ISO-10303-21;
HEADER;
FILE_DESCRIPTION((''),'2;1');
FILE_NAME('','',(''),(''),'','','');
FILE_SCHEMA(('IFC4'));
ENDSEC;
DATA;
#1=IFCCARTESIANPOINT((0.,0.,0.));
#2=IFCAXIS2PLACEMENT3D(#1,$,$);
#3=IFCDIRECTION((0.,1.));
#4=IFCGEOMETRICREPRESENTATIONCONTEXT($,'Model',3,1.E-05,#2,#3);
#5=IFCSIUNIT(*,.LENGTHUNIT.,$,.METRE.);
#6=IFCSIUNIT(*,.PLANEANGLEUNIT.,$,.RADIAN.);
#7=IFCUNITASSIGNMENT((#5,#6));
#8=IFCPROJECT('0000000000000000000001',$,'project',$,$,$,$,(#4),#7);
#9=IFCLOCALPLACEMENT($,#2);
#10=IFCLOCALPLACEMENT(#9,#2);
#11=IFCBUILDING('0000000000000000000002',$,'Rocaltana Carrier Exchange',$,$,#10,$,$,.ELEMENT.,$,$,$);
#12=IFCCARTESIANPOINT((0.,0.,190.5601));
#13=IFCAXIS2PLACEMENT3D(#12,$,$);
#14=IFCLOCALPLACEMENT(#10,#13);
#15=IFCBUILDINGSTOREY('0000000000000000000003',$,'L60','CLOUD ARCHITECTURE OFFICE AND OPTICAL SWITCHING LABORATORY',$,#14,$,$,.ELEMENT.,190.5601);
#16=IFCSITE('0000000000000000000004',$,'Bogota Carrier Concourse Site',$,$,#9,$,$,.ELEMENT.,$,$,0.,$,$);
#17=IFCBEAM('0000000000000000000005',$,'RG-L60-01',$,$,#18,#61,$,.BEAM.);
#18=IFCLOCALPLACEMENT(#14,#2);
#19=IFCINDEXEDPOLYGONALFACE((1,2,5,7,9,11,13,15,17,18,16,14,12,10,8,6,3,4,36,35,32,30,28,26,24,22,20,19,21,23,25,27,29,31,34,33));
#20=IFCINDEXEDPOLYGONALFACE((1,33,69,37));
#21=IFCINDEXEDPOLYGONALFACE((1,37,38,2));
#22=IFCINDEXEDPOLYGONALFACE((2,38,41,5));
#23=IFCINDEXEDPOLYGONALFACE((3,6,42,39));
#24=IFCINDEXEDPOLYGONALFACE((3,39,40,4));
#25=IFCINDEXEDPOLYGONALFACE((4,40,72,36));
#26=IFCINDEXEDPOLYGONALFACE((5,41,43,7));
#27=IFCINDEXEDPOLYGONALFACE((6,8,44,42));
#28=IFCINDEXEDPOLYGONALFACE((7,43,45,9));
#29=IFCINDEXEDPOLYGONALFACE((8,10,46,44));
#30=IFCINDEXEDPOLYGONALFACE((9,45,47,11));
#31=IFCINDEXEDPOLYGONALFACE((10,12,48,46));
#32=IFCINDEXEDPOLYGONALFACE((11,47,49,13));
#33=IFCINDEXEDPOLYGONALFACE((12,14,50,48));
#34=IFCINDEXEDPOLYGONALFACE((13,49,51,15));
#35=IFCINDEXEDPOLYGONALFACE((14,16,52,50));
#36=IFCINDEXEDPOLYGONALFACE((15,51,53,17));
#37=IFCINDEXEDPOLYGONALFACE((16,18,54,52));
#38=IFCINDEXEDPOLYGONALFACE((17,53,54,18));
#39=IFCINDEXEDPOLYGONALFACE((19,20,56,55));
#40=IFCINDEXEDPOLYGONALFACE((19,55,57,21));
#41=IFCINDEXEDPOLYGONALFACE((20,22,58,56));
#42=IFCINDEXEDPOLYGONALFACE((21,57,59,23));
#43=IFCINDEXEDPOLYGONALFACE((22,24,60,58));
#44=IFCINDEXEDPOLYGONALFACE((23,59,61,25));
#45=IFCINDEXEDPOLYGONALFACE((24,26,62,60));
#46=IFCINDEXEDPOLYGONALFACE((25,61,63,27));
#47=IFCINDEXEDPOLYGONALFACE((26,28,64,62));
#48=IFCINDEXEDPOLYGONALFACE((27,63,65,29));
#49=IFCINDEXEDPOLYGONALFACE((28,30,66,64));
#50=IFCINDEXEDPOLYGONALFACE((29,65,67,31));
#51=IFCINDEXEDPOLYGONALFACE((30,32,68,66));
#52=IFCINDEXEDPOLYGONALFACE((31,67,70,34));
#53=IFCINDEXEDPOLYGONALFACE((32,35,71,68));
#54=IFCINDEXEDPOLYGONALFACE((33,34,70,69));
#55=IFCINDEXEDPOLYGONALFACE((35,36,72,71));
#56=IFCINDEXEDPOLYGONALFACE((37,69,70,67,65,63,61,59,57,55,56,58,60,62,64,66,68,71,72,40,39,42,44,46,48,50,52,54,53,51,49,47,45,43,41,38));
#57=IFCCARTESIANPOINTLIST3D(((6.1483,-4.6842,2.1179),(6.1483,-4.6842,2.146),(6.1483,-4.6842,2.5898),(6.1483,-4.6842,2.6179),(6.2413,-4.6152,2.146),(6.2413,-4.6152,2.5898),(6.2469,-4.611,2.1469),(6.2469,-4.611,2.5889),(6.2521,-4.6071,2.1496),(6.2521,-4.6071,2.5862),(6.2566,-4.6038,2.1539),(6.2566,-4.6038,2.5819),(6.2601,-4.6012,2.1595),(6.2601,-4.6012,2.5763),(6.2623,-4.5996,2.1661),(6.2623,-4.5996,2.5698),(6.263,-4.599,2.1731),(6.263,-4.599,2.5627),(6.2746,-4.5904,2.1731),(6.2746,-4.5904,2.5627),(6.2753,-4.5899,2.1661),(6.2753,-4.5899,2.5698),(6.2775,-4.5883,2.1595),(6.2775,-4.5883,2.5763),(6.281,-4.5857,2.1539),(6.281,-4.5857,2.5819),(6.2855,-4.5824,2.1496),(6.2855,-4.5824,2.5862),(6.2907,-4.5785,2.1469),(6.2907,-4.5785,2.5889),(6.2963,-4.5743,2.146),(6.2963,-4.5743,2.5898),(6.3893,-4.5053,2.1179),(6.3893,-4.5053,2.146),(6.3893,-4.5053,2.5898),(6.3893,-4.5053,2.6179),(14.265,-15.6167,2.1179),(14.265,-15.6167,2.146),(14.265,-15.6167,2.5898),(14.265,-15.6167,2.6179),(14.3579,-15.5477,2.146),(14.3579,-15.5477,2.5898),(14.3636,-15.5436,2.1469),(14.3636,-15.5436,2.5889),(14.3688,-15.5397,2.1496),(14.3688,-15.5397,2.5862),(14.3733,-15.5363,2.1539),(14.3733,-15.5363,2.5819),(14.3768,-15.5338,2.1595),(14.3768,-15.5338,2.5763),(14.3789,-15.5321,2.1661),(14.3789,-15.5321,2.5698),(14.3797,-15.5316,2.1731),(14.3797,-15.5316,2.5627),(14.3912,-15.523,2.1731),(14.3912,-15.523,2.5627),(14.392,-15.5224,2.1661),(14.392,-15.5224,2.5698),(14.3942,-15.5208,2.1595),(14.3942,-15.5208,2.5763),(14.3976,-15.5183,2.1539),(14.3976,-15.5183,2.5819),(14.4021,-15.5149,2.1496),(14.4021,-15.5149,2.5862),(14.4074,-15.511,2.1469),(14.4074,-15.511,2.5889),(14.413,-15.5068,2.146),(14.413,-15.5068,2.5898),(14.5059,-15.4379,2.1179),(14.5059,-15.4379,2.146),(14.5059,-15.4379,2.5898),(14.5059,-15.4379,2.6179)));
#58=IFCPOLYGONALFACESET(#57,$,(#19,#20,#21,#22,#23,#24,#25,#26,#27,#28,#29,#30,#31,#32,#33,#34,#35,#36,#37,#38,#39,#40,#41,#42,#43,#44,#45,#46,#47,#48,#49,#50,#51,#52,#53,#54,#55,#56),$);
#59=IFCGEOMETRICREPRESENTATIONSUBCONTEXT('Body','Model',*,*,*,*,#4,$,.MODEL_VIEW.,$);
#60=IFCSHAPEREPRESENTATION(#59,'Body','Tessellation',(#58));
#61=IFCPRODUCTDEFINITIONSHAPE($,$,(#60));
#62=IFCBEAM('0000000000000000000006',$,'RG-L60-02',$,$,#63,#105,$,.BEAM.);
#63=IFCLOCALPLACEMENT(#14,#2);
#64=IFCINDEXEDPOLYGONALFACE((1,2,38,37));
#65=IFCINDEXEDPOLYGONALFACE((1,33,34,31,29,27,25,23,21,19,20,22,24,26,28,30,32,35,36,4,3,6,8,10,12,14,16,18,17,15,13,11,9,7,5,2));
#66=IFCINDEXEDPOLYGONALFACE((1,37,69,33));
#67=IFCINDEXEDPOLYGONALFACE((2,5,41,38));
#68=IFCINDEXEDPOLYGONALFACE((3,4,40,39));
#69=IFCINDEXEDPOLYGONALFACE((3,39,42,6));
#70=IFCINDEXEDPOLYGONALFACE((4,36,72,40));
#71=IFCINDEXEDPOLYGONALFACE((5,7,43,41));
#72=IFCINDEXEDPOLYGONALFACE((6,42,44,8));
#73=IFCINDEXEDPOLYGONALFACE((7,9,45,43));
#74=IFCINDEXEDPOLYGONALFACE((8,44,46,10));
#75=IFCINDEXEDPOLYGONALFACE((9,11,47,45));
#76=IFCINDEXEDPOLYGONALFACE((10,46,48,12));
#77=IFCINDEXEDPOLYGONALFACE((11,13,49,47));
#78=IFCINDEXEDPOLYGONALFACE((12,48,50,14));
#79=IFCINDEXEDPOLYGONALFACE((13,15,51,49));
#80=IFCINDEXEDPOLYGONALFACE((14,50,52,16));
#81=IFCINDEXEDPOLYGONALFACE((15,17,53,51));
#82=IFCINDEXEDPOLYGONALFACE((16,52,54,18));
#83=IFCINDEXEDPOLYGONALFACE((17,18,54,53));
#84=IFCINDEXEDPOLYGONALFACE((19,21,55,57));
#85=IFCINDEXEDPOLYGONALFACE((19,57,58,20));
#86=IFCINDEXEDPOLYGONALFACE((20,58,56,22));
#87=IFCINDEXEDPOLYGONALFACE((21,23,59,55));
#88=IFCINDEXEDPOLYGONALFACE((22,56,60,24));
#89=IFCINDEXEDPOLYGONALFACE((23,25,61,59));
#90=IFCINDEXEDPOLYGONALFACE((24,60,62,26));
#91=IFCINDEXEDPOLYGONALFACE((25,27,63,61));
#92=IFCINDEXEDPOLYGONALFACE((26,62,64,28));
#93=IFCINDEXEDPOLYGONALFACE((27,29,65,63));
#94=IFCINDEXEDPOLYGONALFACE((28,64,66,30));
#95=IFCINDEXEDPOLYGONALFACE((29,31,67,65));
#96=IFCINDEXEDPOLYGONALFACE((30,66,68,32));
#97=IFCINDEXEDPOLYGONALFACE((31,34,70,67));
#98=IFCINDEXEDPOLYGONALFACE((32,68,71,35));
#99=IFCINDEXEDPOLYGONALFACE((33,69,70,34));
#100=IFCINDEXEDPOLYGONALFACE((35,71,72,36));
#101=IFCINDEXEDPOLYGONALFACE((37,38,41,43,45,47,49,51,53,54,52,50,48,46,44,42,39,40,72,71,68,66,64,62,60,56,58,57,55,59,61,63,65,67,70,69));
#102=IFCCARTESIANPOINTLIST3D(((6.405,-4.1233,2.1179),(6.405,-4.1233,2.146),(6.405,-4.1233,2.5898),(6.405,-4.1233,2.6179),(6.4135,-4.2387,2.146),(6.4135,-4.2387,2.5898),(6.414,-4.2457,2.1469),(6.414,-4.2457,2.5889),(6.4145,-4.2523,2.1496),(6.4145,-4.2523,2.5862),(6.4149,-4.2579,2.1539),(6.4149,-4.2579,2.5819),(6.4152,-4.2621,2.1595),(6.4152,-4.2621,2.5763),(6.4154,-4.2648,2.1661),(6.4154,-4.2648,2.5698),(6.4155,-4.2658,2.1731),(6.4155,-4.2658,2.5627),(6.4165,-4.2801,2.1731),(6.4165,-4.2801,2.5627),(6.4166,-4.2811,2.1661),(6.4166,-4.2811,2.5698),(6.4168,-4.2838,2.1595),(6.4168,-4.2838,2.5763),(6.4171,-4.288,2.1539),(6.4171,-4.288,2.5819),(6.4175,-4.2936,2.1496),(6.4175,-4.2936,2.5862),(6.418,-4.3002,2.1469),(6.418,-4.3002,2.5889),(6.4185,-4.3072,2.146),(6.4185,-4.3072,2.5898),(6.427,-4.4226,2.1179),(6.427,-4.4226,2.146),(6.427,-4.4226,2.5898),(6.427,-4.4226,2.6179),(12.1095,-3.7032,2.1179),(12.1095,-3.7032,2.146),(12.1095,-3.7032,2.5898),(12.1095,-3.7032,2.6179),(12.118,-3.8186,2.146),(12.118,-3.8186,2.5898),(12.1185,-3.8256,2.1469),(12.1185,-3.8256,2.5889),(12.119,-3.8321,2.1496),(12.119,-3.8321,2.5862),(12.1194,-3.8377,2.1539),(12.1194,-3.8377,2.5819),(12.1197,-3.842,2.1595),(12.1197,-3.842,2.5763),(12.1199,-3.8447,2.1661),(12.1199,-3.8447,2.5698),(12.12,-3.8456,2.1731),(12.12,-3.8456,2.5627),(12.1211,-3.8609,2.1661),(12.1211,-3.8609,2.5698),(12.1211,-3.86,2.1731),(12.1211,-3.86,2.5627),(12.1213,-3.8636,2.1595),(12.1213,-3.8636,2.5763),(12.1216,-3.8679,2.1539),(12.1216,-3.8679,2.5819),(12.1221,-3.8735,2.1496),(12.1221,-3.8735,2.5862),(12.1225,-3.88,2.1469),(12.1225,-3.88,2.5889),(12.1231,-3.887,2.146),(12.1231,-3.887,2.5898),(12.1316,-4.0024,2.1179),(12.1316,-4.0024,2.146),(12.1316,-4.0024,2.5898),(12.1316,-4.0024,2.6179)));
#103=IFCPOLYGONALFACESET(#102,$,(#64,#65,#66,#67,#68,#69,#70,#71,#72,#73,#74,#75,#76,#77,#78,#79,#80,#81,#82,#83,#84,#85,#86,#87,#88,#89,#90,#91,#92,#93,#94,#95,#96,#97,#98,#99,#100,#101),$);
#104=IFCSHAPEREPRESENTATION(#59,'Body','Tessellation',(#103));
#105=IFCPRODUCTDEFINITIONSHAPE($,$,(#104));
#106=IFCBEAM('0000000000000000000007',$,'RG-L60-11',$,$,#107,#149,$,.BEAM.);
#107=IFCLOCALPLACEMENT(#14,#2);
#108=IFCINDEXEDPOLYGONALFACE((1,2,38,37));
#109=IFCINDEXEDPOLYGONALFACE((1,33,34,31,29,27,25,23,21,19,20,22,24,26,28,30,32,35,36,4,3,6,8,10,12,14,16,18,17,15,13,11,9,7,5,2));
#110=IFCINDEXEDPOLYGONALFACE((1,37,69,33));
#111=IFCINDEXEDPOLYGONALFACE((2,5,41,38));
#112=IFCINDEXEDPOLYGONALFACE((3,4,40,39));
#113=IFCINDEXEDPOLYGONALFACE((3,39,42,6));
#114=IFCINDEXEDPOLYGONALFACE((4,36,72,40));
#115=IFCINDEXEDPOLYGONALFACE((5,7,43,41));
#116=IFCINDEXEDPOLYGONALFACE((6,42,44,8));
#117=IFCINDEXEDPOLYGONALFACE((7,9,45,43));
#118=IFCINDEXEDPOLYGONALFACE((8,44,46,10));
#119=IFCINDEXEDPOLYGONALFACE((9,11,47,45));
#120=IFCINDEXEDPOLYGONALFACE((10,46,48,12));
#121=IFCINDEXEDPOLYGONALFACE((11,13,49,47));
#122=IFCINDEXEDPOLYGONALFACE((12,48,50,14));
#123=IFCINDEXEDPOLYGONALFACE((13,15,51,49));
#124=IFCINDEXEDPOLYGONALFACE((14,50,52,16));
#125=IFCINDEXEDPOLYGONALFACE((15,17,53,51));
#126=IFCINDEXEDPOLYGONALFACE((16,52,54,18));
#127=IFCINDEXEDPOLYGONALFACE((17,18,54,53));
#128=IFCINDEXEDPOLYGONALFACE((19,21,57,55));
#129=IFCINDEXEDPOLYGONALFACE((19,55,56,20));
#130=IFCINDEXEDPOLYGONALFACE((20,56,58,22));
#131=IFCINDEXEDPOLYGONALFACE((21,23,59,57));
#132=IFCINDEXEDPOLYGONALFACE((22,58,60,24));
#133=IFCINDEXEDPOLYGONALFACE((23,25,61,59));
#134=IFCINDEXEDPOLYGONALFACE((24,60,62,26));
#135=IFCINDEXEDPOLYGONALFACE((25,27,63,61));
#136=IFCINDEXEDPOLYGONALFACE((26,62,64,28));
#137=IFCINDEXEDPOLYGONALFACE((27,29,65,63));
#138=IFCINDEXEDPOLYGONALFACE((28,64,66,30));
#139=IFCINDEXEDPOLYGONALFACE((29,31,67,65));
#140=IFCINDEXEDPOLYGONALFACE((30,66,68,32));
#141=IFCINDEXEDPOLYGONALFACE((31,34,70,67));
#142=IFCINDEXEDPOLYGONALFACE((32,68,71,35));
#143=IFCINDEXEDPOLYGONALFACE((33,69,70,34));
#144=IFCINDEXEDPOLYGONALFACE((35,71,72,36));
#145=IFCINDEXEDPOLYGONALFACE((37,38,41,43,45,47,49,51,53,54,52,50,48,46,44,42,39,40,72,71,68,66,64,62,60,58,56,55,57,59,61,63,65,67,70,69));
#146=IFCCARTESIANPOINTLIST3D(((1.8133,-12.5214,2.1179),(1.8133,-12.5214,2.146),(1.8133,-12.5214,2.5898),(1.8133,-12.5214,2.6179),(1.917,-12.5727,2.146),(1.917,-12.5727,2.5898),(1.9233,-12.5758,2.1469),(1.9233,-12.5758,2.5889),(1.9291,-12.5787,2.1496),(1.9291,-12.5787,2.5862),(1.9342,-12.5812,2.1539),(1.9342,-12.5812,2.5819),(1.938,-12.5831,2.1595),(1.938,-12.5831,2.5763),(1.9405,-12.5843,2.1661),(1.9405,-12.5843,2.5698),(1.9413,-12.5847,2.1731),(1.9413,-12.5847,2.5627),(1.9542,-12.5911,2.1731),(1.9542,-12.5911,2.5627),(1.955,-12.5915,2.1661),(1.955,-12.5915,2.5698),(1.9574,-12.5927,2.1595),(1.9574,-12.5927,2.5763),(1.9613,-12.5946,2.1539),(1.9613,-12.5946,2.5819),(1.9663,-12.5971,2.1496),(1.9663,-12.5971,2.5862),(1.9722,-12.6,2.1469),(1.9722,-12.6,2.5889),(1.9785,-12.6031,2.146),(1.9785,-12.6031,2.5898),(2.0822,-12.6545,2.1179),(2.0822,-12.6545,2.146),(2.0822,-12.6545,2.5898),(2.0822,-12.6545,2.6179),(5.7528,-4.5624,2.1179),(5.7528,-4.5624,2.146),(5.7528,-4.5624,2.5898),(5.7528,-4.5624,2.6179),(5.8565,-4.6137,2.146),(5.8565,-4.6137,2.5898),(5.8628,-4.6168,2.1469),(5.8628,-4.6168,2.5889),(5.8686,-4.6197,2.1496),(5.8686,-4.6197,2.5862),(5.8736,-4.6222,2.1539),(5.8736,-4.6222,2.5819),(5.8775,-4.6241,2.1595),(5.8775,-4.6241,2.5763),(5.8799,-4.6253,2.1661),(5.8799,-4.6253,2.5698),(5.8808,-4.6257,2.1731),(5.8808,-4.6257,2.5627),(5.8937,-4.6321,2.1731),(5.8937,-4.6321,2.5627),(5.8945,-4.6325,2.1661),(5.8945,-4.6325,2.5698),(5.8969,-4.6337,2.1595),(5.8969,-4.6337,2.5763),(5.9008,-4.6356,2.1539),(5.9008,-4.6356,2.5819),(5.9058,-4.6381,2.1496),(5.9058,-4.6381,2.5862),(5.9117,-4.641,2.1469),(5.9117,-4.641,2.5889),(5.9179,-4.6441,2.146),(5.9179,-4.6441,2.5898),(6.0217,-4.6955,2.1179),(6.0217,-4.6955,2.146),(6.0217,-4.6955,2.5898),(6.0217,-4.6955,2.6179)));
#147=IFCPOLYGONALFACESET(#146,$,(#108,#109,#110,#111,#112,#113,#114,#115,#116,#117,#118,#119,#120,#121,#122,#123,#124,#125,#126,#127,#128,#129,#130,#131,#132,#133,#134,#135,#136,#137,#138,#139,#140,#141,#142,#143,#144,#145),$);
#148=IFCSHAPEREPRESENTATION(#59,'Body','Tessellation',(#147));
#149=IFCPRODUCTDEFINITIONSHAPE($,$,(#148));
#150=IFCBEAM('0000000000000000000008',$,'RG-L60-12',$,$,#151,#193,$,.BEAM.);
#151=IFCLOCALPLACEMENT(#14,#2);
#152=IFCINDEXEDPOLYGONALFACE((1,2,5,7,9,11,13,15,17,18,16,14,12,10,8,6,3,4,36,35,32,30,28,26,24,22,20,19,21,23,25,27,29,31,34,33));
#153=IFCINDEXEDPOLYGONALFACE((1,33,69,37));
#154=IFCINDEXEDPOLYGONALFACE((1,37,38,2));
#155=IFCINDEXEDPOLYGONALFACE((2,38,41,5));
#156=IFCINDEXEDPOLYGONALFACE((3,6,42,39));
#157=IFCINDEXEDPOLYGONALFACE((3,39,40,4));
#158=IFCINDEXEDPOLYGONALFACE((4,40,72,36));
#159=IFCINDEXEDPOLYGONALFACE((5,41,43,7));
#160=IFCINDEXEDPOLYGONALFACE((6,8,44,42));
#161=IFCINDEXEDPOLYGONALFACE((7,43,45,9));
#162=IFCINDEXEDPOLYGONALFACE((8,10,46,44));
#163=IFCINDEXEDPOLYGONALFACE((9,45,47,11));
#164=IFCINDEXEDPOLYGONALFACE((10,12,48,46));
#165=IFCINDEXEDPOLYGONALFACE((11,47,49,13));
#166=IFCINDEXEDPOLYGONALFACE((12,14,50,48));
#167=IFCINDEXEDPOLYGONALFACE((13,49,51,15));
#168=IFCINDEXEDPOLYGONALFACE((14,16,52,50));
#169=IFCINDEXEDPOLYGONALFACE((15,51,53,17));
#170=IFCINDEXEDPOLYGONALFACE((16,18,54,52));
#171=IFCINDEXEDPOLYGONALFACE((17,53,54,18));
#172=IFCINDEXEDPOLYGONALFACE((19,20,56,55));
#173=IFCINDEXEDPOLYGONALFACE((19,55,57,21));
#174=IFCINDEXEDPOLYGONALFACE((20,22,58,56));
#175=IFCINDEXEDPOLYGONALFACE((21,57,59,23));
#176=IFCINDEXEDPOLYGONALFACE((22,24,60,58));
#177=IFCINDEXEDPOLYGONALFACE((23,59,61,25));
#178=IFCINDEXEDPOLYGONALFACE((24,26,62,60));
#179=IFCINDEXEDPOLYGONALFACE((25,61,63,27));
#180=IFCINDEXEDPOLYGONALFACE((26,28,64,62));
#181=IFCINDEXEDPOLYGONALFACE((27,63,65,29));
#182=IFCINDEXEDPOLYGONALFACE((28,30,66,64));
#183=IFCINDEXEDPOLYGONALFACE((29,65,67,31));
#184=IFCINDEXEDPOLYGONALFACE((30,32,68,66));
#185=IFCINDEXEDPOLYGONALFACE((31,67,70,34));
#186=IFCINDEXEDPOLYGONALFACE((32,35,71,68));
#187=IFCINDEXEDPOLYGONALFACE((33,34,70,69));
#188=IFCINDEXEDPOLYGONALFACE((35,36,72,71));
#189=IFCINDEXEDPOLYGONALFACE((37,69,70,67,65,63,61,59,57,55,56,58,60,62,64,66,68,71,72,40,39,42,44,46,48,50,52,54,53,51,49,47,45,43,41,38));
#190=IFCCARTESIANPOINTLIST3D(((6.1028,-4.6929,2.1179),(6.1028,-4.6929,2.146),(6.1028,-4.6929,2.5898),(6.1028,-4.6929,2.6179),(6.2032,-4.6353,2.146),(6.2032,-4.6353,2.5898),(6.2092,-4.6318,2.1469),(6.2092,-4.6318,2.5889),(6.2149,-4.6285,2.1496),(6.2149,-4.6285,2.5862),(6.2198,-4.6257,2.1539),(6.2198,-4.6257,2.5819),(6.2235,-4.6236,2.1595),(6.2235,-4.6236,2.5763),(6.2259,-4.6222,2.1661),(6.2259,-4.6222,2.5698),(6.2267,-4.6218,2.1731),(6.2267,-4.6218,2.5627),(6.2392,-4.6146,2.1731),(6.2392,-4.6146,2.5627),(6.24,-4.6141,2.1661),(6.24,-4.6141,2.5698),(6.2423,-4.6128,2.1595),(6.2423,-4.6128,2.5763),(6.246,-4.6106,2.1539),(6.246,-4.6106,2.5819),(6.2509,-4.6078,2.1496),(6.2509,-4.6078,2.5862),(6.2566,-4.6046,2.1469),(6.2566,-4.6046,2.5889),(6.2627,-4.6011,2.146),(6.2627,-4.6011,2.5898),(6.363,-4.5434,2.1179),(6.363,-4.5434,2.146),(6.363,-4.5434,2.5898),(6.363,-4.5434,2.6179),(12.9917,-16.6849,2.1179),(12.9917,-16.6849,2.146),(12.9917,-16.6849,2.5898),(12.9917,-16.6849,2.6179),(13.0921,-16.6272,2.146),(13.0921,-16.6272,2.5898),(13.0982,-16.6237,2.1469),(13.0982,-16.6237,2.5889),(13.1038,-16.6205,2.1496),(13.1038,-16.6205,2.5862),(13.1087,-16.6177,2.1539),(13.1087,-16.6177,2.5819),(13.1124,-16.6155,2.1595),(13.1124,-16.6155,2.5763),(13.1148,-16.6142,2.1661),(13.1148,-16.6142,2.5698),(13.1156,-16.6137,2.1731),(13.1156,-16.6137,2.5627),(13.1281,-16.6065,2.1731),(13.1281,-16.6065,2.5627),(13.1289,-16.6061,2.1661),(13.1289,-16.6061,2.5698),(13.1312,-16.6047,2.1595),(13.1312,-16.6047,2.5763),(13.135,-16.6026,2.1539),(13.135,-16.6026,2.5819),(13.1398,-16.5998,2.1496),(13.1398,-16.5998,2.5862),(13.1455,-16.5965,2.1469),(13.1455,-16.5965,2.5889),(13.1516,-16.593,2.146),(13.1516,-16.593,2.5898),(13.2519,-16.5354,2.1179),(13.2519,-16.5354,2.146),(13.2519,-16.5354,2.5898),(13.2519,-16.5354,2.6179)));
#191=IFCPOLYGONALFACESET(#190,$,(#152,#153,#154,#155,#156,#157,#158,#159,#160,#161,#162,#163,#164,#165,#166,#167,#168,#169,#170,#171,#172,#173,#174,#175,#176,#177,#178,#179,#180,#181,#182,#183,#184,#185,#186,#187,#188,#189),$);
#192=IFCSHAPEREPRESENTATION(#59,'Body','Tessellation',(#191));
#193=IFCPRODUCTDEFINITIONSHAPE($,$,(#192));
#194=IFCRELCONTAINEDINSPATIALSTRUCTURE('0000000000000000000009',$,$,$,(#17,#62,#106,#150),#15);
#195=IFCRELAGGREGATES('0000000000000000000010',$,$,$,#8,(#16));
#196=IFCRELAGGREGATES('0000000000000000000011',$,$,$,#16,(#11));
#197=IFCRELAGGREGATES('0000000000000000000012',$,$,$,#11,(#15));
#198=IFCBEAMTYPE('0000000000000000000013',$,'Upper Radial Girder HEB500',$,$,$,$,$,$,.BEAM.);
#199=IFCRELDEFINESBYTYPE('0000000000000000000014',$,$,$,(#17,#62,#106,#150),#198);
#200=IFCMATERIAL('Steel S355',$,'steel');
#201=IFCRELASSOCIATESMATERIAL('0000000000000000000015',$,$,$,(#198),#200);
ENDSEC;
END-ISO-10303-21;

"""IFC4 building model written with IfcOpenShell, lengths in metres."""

from ifc_helpers import new_model, si_unit, direction, frame, origin, origin_2d, place, context, subcontext, project, spatial, i_section, extrude, material, material_profile, profile_set, type_object, element, save


model = new_model("IFC4")

# Units and contexts
model_context = context("Model", 3, precision=1e-05, world=origin(), true_north=direction((0.0, 1.0)))
body_context = subcontext(model_context, "Body", "Model", "MODEL_VIEW")
ifc_project = project(units=[si_unit("LENGTHUNIT", "METRE"), si_unit("PLANEANGLEUNIT", "RADIAN")], contexts=[model_context])

# Site, building, storey
site_placement = place(None, origin())
site = spatial("IfcSite", under=ifc_project, at=site_placement, Name="Bogota Carrier Concourse Site", CompositionType="ELEMENT", RefElevation=0.0)
building_placement = place(site_placement, origin())
building = spatial("IfcBuilding", under=site, at=building_placement, Name="Rocaltana Carrier Exchange", CompositionType="ELEMENT")
storey_placement = place(building_placement, frame((0.0, 0.0, 190.5601)))
storey = spatial("IfcBuildingStorey", under=building, at=storey_placement, Name="L60", Description="CLOUD ARCHITECTURE OFFICE AND OPTICAL SWITCHING LABORATORY", CompositionType="ELEMENT", Elevation=190.5601)

# Beams
ifc_material_1 = material(Name="Steel S355", Category="steel")
ifc_material_profile_1 = material_profile(ifc_material_1, i_section(OverallWidth=0.3, OverallDepth=0.5, WebThickness=0.0144, FlangeThickness=0.0281, FilletRadius=0.0271, at=origin_2d()), Name="HEB500")
ifc_profile_set_1 = profile_set([ifc_material_profile_1], Name="Steel S355")
beam_type_1 = type_object("IfcBeamType", Name="Upper Radial Girder HEB500", PredefinedType="BEAM", material=ifc_profile_set_1)
beam_1_placement = place(storey_placement, frame((6.2688, -4.5947, 2.3679), z_axis=(0.596103, -0.802908, 0.0), x_axis=(0.802908, 0.596103, 0.0)))
element("IfcBeam", 1, at=beam_1_placement, inside=storey, type_object=beam_type_1, Name="RG-L60-01", PredefinedType="BEAM", context=body_context, shape_type="SweptSolid", body=[
    extrude(i_section(OverallWidth=0.3, OverallDepth=0.5, WebThickness=0.0144, FlangeThickness=0.0281, FilletRadius=0.0271, at=origin_2d()), origin(), (0.0, 0.0, 1.0), 13.6162),
])
beam_2_placement = place(storey_placement, frame((6.416, -4.2729, 2.3679), z_axis=(0.997299, 0.073455, 0.0), x_axis=(-0.073455, 0.997299, 0.0)))
element("IfcBeam", 2, at=beam_2_placement, inside=storey, type_object=beam_type_1, Name="RG-L60-02", PredefinedType="BEAM", context=body_context, shape_type="SweptSolid", body=[
    extrude(i_section(OverallWidth=0.3, OverallDepth=0.5, WebThickness=0.0144, FlangeThickness=0.0281, FilletRadius=0.0271, at=origin_2d()), origin(), (0.0, 0.0, 1.0), 5.72),
])
beam_3_placement = place(storey_placement, frame((5.8872, -4.6289, 2.3679), z_axis=(-0.443603, -0.896223, 0.0), x_axis=(0.896223, -0.443603, 0.0)))
element("IfcBeam", 3, at=beam_3_placement, inside=storey, type_object=beam_type_1, Name="RG-L60-11", PredefinedType="BEAM", context=body_context, shape_type="SweptSolid", body=[
    extrude(i_section(OverallWidth=0.3, OverallDepth=0.5, WebThickness=0.0144, FlangeThickness=0.0281, FilletRadius=0.0271, at=origin_2d()), origin(), (0.0, 0.0, 1.0), 8.8806),
])
beam_4_placement = place(storey_placement, frame((6.2329, -4.6182, 2.3679), z_axis=(0.498121, -0.867108, 0.0), x_axis=(0.867108, 0.498121, 0.0)))
element("IfcBeam", 4, at=beam_4_placement, inside=storey, type_object=beam_type_1, Name="RG-L60-12", PredefinedType="BEAM", context=body_context, shape_type="SweptSolid", body=[
    extrude(i_section(OverallWidth=0.3, OverallDepth=0.5, WebThickness=0.0144, FlangeThickness=0.0281, FilletRadius=0.0271, at=origin_2d()), origin(), (0.0, 0.0, 1.0), 13.8298),
])

save(model, "model.ifc")
